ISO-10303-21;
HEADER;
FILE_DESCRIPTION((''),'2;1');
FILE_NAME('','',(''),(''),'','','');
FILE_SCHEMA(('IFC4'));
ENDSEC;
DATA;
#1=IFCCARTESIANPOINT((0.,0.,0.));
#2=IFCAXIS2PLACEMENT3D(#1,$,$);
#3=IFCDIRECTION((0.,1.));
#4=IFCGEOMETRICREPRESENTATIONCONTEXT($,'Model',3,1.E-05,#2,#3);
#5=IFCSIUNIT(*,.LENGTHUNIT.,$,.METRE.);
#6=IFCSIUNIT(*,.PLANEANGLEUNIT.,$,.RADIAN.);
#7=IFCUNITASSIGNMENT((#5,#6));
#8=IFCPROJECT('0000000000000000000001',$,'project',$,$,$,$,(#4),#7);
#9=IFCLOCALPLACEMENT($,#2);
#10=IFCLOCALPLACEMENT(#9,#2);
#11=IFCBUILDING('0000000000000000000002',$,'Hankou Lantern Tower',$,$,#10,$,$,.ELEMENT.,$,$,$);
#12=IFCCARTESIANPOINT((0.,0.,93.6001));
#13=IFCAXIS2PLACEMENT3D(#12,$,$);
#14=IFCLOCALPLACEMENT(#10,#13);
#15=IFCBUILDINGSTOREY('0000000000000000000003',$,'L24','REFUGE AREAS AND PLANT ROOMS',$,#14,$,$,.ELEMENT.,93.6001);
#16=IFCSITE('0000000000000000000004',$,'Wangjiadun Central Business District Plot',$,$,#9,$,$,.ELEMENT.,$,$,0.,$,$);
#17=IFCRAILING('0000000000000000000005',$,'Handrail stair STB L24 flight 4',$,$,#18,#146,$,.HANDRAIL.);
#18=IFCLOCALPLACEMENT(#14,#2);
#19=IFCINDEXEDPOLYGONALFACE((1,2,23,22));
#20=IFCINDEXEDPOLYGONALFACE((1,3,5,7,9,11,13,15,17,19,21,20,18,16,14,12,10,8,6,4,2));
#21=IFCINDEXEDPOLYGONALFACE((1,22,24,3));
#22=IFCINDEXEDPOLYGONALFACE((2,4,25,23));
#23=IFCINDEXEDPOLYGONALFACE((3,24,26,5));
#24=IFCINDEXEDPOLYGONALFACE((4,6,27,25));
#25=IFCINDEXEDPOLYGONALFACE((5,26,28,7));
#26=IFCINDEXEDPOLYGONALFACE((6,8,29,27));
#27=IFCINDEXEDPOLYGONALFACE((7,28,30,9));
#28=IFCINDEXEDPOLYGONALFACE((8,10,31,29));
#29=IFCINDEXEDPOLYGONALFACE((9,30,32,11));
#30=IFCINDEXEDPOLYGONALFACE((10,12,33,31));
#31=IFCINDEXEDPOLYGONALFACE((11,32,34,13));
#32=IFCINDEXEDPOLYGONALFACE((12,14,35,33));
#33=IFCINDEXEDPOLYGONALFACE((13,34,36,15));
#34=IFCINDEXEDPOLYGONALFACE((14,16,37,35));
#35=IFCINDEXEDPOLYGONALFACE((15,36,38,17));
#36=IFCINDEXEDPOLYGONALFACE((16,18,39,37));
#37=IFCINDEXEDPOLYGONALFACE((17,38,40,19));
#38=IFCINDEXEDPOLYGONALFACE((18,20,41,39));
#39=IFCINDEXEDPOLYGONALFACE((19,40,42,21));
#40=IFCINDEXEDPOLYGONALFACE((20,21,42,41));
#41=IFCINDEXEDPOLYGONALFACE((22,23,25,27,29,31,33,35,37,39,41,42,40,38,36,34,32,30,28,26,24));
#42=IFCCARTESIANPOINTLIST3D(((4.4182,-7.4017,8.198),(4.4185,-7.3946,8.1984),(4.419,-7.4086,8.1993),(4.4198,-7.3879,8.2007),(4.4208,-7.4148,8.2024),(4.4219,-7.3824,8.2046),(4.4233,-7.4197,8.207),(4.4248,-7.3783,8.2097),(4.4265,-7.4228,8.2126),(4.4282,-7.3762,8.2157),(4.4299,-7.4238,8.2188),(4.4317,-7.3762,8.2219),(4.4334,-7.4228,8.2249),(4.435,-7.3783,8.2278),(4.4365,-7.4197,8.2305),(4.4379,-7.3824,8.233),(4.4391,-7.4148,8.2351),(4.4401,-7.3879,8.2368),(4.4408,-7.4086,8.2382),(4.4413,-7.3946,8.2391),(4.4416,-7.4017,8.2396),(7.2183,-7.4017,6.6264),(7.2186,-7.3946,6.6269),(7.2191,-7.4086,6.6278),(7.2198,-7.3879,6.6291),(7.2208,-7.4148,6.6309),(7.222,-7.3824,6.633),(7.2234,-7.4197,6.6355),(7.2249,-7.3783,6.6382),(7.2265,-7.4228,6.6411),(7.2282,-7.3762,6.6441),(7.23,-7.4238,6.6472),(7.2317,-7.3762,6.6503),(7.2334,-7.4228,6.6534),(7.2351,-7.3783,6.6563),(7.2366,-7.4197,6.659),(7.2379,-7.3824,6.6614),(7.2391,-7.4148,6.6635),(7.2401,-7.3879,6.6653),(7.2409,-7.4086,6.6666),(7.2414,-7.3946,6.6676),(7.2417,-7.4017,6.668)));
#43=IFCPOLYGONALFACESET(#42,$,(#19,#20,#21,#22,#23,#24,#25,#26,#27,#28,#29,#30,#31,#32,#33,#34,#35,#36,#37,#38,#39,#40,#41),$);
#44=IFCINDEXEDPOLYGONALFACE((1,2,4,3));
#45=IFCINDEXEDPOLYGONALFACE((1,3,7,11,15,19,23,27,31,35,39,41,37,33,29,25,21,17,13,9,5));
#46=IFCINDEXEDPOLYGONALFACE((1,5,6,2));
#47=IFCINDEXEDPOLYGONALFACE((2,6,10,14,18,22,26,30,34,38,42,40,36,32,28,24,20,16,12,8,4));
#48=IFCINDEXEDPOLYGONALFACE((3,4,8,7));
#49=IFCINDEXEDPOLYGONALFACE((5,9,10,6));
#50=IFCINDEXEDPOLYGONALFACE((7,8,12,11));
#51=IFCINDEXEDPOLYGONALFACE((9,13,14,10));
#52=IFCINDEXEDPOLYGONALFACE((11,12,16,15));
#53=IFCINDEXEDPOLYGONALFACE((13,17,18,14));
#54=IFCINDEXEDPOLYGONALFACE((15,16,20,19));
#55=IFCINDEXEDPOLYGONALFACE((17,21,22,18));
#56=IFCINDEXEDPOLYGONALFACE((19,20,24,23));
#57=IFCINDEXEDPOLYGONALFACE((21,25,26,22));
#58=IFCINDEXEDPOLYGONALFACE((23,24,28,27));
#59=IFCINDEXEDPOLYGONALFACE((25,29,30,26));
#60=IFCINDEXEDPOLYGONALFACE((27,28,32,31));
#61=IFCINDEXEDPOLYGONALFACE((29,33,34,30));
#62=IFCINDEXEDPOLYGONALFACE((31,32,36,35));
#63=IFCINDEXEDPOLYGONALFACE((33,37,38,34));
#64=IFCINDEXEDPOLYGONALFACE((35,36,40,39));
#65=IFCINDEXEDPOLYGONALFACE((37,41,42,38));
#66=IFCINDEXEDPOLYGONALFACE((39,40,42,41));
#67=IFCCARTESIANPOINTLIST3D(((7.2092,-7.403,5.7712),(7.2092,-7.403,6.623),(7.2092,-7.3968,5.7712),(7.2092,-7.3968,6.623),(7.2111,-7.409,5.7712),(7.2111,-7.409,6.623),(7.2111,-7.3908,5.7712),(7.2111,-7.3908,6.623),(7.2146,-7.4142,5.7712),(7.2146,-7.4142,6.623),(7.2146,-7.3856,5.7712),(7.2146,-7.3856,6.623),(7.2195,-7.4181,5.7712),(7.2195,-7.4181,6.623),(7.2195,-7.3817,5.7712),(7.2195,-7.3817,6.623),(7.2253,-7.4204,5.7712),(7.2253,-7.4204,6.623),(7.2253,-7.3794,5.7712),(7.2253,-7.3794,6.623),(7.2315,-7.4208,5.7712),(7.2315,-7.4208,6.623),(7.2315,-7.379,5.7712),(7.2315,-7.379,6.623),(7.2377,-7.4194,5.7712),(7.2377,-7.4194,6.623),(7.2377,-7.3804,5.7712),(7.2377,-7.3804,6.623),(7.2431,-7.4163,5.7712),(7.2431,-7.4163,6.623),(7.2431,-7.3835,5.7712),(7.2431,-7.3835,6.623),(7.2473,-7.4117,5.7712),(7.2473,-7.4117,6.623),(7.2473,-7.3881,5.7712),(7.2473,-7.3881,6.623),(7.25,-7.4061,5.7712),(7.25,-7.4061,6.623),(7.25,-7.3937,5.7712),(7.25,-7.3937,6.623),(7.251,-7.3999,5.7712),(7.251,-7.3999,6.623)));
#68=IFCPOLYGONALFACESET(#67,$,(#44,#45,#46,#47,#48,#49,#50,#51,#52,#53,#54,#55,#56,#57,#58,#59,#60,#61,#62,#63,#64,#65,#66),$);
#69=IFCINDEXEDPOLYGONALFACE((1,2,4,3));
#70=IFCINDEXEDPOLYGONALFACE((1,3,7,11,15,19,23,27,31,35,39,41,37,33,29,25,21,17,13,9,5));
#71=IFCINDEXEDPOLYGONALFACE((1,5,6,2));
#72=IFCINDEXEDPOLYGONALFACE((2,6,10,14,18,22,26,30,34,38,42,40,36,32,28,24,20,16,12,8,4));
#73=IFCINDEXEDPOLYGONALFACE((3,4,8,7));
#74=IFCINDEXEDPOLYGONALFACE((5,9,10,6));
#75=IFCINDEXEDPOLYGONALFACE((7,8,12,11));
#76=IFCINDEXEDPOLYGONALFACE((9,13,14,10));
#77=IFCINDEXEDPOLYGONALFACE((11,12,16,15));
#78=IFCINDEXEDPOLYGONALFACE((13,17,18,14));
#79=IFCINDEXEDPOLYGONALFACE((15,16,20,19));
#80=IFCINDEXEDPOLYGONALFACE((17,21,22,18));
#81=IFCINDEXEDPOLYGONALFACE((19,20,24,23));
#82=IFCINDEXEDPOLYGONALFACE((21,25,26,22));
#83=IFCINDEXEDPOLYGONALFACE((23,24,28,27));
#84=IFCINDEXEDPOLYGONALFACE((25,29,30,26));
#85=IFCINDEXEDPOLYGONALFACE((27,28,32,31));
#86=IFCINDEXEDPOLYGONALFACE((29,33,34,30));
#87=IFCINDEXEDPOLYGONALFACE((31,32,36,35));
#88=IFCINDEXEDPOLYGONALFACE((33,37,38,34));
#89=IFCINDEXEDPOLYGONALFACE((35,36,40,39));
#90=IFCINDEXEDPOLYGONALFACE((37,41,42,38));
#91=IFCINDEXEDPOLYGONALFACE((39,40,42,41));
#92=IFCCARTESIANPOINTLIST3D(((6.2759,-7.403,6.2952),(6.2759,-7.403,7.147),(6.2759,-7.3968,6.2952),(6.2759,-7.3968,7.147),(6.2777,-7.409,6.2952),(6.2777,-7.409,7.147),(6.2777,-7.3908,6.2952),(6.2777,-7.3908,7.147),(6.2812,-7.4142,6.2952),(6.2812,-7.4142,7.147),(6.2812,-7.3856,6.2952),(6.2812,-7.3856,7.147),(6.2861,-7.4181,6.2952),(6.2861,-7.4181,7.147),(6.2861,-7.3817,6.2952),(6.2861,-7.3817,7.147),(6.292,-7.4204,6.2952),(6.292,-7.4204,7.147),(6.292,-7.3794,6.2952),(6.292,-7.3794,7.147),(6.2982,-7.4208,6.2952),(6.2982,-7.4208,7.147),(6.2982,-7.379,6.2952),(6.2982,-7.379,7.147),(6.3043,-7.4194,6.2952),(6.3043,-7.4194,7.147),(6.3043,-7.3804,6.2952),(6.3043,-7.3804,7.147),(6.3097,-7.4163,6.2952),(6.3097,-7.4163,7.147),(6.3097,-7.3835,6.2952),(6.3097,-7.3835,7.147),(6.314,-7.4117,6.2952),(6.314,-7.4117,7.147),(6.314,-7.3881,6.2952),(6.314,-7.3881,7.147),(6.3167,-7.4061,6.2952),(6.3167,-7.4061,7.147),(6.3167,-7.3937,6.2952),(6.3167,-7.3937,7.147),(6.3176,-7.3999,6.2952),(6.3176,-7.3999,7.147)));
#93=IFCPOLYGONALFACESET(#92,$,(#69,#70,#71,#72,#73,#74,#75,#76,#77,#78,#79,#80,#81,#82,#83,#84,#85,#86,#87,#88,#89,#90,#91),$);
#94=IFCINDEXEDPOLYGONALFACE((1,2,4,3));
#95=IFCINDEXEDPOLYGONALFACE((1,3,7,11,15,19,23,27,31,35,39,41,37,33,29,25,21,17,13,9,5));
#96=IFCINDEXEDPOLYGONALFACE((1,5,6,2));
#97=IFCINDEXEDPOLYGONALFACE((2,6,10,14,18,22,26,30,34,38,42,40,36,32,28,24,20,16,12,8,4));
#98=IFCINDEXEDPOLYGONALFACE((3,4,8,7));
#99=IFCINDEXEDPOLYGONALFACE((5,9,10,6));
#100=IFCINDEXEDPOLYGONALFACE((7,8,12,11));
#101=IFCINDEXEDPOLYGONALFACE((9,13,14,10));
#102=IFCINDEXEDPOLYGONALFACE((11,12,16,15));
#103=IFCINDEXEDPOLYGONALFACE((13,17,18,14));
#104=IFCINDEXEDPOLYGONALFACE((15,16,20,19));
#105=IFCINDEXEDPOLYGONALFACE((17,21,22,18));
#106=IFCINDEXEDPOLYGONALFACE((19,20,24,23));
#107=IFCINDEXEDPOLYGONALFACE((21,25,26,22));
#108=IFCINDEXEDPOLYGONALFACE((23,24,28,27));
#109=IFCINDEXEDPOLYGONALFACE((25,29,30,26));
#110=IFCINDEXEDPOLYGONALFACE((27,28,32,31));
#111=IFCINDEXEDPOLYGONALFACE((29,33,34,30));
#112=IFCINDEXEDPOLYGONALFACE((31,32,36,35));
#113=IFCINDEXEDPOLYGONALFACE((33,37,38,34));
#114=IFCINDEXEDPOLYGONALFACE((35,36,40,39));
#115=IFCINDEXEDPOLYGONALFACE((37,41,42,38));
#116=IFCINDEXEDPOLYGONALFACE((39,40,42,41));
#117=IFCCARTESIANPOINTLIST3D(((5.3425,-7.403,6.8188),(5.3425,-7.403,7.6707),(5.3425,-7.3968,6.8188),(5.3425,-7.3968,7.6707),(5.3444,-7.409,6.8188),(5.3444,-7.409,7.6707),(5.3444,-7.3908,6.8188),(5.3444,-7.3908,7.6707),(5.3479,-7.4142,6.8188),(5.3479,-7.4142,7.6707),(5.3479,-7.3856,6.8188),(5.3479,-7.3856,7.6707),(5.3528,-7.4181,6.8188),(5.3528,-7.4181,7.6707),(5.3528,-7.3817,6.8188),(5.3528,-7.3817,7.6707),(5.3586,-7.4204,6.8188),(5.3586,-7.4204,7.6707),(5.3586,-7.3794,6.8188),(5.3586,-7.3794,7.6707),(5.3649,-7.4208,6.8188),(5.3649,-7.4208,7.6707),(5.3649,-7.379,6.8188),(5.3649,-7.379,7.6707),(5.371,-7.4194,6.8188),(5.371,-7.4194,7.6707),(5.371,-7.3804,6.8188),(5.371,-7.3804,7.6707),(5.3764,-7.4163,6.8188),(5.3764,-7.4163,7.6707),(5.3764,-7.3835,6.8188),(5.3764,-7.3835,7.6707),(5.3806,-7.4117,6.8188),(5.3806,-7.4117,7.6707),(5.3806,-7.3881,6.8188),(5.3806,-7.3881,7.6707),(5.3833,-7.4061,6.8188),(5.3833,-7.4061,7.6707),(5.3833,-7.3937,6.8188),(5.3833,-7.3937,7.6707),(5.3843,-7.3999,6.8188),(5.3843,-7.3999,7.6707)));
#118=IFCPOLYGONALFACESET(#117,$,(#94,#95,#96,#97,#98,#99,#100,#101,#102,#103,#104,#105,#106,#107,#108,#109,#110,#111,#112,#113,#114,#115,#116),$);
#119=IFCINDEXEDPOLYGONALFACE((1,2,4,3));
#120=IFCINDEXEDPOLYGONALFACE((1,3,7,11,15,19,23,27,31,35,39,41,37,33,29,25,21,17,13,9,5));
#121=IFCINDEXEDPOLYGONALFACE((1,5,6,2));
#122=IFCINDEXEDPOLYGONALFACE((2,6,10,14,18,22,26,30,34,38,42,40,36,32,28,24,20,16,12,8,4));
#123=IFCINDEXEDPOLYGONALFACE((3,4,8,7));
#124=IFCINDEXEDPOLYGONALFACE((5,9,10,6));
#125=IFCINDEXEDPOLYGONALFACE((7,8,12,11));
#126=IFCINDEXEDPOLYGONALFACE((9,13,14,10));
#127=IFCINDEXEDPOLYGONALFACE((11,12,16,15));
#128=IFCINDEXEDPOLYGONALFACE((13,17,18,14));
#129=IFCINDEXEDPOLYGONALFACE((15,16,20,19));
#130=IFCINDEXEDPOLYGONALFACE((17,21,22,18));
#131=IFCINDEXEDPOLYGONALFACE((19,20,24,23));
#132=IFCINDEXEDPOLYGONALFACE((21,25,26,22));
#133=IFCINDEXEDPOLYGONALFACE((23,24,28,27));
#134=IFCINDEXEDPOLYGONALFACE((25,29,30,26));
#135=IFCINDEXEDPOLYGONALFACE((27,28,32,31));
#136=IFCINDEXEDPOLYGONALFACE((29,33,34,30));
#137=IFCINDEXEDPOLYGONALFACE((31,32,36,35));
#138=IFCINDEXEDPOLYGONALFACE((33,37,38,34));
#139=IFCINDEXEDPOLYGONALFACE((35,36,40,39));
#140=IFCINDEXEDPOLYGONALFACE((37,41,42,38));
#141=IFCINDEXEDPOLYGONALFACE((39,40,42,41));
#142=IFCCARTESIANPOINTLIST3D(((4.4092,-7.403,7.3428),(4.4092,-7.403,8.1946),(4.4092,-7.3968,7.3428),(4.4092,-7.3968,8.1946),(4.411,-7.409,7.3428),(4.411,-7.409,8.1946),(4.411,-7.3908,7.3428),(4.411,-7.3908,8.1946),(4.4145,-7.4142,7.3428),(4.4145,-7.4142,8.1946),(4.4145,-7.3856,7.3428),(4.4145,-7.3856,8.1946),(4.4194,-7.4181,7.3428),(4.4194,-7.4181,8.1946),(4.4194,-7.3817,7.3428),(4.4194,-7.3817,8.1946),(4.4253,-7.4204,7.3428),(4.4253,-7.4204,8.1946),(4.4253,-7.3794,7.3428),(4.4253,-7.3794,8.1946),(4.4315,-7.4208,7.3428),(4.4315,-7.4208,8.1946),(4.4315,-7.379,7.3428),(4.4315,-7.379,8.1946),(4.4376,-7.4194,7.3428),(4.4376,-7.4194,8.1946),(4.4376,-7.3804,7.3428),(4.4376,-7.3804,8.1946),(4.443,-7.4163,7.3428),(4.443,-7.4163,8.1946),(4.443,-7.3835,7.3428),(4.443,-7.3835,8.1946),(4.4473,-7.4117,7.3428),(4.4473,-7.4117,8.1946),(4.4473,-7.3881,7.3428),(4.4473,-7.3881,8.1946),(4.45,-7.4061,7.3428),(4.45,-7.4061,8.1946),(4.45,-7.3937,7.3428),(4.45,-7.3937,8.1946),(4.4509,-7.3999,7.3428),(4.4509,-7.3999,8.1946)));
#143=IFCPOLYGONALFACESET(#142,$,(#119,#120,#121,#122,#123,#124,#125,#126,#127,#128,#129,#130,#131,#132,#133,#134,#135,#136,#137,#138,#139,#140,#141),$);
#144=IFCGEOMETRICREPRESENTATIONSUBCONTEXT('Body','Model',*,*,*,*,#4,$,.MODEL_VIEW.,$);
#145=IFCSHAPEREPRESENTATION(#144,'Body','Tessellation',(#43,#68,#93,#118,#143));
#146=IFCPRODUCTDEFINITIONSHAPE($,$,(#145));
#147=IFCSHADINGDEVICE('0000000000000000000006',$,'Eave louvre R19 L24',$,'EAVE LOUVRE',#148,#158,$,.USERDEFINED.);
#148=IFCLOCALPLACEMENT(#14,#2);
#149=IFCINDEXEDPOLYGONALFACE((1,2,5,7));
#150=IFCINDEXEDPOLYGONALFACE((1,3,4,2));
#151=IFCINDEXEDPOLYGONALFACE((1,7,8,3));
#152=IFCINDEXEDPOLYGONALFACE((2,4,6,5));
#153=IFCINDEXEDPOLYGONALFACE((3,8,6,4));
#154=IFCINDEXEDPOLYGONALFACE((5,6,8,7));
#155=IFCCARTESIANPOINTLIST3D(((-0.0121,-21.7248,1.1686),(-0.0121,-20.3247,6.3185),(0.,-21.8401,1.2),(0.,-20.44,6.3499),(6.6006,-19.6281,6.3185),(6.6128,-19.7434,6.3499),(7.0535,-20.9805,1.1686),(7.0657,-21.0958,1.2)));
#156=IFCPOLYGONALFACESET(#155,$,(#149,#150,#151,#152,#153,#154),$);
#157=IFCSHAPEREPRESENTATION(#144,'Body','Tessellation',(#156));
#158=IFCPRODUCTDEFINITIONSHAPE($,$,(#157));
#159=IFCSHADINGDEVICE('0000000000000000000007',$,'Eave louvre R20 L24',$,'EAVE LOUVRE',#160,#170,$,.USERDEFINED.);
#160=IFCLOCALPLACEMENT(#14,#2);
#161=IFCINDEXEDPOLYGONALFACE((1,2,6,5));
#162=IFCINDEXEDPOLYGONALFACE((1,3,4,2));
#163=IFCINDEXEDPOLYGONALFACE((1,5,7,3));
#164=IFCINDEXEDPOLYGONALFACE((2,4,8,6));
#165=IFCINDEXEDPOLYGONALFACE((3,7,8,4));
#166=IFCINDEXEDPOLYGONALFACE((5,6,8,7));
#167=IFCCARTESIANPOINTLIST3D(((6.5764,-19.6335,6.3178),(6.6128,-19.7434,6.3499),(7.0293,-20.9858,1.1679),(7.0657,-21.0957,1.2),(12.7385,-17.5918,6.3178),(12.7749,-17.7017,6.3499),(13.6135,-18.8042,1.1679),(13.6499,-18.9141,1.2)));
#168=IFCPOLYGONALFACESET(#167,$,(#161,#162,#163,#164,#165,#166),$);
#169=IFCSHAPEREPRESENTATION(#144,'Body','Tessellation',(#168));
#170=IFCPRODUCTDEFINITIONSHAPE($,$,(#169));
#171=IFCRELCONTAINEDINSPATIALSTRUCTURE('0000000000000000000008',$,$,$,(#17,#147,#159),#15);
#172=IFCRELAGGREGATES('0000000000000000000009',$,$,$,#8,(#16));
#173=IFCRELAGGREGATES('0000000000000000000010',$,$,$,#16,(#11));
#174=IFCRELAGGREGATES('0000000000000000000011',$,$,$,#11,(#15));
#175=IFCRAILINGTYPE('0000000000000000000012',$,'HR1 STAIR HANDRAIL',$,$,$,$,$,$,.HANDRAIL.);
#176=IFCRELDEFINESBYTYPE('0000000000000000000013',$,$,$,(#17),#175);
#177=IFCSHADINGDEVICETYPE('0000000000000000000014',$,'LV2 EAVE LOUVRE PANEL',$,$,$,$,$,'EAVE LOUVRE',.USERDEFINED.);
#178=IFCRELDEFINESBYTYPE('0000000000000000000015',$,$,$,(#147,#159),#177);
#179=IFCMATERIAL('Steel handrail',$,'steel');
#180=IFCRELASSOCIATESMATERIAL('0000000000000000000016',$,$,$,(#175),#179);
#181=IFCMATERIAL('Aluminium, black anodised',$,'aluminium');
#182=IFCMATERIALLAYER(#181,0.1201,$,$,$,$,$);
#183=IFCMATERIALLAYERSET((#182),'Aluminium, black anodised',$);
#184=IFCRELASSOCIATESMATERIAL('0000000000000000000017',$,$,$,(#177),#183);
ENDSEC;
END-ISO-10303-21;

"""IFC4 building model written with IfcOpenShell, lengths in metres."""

from ifc_helpers import new_model, si_unit, direction, frame, origin, origin_2d, place, context, subcontext, project, spatial, polyline, circle, outline, extrude, material, layer, layer_set, type_object, element, save


model = new_model("IFC4")

# Units and contexts
model_context = context("Model", 3, precision=1e-05, world=origin(), true_north=direction((0.0, 1.0)))
body_context = subcontext(model_context, "Body", "Model", "MODEL_VIEW")
ifc_project = project(units=[si_unit("LENGTHUNIT", "METRE"), si_unit("PLANEANGLEUNIT", "RADIAN")], contexts=[model_context])

# Site, building, storey
site_placement = place(None, origin())
site = spatial("IfcSite", under=ifc_project, at=site_placement, Name="Wangjiadun Central Business District Plot", CompositionType="ELEMENT", RefElevation=0.0)
building_placement = place(site_placement, origin())
building = spatial("IfcBuilding", under=site, at=building_placement, Name="Hankou Lantern Tower", CompositionType="ELEMENT")
storey_placement = place(building_placement, frame((0.0, 0.0, 93.6001)))
storey = spatial("IfcBuildingStorey", under=building, at=storey_placement, Name="L24", Description="REFUGE AREAS AND PLANT ROOMS", CompositionType="ELEMENT", Elevation=93.6001)

# Railing
ifc_material_1 = material(Name="Steel handrail", Category="steel")
railing_type = type_object("IfcRailingType", Name="HR1 STAIR HANDRAIL", PredefinedType="HANDRAIL", material=ifc_material_1)
railing_1_placement = place(storey_placement, frame((7.23, -7.3999, 5.7712)))
element("IfcRailing", 1, at=railing_1_placement, inside=storey, type_object=railing_type, Name="Handrail stair STB L24 flight 4", PredefinedType="HANDRAIL", context=body_context, shape_type="SweptSolid", body=[
    extrude(circle(Radius=0.0239, at=origin_2d()), frame((0.0, 0.0, 0.876), z_axis=(-0.87204, 0.0, 0.489434), x_axis=(0.0, -1.0, 0.0)), (0.0, 0.0, 1.0), 3.2109),
    extrude(circle(Radius=0.021, at=origin_2d()), origin(), (0.0, 0.0, 1.0), 0.8518),
    extrude(circle(Radius=0.021, at=origin_2d()), frame((-0.9333, 0.0, 0.5239)), (0.0, 0.0, 1.0), 0.8518),
    extrude(circle(Radius=0.021, at=origin_2d()), frame((-1.8667, 0.0, 1.0476)), (0.0, 0.0, 1.0), 0.8518),
    extrude(circle(Radius=0.021, at=origin_2d()), frame((-2.8, 0.0, 1.5715)), (0.0, 0.0, 1.0), 0.8518),
])

# Shading devices
ifc_material_2 = material(Name="Aluminium, black anodised", Category="aluminium")
ifc_layer_1 = layer(ifc_material_2, 0.1201)
ifc_layer_set_1 = layer_set([ifc_layer_1], Name="Aluminium, black anodised")
shading_device_type = type_object("IfcShadingDeviceType", Name="LV2 EAVE LOUVRE PANEL", ElementType="EAVE LOUVRE", PredefinedType="USERDEFINED", material=ifc_layer_set_1)
shading_device_1_placement = place(storey_placement, frame((0.0, -21.8401, 1.2), z_axis=(0.101131, -0.960028, 0.260997), x_axis=(0.994497, 0.104763, 0.000003)))
element("IfcShadingDevice", 2, at=shading_device_1_placement, inside=storey, type_object=shading_device_type, Name="Eave louvre R19 L24", ObjectType="EAVE LOUVRE", PredefinedType="USERDEFINED", context=body_context, shape_type="SweptSolid", body=[
    extrude(outline(polyline([(0.0, 0.0), (7.1048, 0.0), (6.7961, 5.3348), (0.1467, 5.3348), (0.0, 0.0)])), origin(), (0.0, 0.0, -1.0), 0.1201),
])
shading_device_2_placement = place(storey_placement, frame((7.0657, -21.0957, 1.2), z_axis=(0.303118, -0.914821, 0.266873), x_axis=(0.949249, 0.314526, 0.0)))
element("IfcShadingDevice", 3, at=shading_device_2_placement, inside=storey, type_object=shading_device_type, Name="Eave louvre R20 L24", ObjectType="EAVE LOUVRE", PredefinedType="USERDEFINED", context=body_context, shape_type="SweptSolid", body=[
    extrude(outline(polyline([(0.0, 0.0), (6.9363, 0.0), (6.487, 5.3437), (-0.0046, 5.3437), (0.0, 0.0)])), origin(), (0.0, 0.0, -1.0), 0.1201),
])

save(model, "model.ifc")
